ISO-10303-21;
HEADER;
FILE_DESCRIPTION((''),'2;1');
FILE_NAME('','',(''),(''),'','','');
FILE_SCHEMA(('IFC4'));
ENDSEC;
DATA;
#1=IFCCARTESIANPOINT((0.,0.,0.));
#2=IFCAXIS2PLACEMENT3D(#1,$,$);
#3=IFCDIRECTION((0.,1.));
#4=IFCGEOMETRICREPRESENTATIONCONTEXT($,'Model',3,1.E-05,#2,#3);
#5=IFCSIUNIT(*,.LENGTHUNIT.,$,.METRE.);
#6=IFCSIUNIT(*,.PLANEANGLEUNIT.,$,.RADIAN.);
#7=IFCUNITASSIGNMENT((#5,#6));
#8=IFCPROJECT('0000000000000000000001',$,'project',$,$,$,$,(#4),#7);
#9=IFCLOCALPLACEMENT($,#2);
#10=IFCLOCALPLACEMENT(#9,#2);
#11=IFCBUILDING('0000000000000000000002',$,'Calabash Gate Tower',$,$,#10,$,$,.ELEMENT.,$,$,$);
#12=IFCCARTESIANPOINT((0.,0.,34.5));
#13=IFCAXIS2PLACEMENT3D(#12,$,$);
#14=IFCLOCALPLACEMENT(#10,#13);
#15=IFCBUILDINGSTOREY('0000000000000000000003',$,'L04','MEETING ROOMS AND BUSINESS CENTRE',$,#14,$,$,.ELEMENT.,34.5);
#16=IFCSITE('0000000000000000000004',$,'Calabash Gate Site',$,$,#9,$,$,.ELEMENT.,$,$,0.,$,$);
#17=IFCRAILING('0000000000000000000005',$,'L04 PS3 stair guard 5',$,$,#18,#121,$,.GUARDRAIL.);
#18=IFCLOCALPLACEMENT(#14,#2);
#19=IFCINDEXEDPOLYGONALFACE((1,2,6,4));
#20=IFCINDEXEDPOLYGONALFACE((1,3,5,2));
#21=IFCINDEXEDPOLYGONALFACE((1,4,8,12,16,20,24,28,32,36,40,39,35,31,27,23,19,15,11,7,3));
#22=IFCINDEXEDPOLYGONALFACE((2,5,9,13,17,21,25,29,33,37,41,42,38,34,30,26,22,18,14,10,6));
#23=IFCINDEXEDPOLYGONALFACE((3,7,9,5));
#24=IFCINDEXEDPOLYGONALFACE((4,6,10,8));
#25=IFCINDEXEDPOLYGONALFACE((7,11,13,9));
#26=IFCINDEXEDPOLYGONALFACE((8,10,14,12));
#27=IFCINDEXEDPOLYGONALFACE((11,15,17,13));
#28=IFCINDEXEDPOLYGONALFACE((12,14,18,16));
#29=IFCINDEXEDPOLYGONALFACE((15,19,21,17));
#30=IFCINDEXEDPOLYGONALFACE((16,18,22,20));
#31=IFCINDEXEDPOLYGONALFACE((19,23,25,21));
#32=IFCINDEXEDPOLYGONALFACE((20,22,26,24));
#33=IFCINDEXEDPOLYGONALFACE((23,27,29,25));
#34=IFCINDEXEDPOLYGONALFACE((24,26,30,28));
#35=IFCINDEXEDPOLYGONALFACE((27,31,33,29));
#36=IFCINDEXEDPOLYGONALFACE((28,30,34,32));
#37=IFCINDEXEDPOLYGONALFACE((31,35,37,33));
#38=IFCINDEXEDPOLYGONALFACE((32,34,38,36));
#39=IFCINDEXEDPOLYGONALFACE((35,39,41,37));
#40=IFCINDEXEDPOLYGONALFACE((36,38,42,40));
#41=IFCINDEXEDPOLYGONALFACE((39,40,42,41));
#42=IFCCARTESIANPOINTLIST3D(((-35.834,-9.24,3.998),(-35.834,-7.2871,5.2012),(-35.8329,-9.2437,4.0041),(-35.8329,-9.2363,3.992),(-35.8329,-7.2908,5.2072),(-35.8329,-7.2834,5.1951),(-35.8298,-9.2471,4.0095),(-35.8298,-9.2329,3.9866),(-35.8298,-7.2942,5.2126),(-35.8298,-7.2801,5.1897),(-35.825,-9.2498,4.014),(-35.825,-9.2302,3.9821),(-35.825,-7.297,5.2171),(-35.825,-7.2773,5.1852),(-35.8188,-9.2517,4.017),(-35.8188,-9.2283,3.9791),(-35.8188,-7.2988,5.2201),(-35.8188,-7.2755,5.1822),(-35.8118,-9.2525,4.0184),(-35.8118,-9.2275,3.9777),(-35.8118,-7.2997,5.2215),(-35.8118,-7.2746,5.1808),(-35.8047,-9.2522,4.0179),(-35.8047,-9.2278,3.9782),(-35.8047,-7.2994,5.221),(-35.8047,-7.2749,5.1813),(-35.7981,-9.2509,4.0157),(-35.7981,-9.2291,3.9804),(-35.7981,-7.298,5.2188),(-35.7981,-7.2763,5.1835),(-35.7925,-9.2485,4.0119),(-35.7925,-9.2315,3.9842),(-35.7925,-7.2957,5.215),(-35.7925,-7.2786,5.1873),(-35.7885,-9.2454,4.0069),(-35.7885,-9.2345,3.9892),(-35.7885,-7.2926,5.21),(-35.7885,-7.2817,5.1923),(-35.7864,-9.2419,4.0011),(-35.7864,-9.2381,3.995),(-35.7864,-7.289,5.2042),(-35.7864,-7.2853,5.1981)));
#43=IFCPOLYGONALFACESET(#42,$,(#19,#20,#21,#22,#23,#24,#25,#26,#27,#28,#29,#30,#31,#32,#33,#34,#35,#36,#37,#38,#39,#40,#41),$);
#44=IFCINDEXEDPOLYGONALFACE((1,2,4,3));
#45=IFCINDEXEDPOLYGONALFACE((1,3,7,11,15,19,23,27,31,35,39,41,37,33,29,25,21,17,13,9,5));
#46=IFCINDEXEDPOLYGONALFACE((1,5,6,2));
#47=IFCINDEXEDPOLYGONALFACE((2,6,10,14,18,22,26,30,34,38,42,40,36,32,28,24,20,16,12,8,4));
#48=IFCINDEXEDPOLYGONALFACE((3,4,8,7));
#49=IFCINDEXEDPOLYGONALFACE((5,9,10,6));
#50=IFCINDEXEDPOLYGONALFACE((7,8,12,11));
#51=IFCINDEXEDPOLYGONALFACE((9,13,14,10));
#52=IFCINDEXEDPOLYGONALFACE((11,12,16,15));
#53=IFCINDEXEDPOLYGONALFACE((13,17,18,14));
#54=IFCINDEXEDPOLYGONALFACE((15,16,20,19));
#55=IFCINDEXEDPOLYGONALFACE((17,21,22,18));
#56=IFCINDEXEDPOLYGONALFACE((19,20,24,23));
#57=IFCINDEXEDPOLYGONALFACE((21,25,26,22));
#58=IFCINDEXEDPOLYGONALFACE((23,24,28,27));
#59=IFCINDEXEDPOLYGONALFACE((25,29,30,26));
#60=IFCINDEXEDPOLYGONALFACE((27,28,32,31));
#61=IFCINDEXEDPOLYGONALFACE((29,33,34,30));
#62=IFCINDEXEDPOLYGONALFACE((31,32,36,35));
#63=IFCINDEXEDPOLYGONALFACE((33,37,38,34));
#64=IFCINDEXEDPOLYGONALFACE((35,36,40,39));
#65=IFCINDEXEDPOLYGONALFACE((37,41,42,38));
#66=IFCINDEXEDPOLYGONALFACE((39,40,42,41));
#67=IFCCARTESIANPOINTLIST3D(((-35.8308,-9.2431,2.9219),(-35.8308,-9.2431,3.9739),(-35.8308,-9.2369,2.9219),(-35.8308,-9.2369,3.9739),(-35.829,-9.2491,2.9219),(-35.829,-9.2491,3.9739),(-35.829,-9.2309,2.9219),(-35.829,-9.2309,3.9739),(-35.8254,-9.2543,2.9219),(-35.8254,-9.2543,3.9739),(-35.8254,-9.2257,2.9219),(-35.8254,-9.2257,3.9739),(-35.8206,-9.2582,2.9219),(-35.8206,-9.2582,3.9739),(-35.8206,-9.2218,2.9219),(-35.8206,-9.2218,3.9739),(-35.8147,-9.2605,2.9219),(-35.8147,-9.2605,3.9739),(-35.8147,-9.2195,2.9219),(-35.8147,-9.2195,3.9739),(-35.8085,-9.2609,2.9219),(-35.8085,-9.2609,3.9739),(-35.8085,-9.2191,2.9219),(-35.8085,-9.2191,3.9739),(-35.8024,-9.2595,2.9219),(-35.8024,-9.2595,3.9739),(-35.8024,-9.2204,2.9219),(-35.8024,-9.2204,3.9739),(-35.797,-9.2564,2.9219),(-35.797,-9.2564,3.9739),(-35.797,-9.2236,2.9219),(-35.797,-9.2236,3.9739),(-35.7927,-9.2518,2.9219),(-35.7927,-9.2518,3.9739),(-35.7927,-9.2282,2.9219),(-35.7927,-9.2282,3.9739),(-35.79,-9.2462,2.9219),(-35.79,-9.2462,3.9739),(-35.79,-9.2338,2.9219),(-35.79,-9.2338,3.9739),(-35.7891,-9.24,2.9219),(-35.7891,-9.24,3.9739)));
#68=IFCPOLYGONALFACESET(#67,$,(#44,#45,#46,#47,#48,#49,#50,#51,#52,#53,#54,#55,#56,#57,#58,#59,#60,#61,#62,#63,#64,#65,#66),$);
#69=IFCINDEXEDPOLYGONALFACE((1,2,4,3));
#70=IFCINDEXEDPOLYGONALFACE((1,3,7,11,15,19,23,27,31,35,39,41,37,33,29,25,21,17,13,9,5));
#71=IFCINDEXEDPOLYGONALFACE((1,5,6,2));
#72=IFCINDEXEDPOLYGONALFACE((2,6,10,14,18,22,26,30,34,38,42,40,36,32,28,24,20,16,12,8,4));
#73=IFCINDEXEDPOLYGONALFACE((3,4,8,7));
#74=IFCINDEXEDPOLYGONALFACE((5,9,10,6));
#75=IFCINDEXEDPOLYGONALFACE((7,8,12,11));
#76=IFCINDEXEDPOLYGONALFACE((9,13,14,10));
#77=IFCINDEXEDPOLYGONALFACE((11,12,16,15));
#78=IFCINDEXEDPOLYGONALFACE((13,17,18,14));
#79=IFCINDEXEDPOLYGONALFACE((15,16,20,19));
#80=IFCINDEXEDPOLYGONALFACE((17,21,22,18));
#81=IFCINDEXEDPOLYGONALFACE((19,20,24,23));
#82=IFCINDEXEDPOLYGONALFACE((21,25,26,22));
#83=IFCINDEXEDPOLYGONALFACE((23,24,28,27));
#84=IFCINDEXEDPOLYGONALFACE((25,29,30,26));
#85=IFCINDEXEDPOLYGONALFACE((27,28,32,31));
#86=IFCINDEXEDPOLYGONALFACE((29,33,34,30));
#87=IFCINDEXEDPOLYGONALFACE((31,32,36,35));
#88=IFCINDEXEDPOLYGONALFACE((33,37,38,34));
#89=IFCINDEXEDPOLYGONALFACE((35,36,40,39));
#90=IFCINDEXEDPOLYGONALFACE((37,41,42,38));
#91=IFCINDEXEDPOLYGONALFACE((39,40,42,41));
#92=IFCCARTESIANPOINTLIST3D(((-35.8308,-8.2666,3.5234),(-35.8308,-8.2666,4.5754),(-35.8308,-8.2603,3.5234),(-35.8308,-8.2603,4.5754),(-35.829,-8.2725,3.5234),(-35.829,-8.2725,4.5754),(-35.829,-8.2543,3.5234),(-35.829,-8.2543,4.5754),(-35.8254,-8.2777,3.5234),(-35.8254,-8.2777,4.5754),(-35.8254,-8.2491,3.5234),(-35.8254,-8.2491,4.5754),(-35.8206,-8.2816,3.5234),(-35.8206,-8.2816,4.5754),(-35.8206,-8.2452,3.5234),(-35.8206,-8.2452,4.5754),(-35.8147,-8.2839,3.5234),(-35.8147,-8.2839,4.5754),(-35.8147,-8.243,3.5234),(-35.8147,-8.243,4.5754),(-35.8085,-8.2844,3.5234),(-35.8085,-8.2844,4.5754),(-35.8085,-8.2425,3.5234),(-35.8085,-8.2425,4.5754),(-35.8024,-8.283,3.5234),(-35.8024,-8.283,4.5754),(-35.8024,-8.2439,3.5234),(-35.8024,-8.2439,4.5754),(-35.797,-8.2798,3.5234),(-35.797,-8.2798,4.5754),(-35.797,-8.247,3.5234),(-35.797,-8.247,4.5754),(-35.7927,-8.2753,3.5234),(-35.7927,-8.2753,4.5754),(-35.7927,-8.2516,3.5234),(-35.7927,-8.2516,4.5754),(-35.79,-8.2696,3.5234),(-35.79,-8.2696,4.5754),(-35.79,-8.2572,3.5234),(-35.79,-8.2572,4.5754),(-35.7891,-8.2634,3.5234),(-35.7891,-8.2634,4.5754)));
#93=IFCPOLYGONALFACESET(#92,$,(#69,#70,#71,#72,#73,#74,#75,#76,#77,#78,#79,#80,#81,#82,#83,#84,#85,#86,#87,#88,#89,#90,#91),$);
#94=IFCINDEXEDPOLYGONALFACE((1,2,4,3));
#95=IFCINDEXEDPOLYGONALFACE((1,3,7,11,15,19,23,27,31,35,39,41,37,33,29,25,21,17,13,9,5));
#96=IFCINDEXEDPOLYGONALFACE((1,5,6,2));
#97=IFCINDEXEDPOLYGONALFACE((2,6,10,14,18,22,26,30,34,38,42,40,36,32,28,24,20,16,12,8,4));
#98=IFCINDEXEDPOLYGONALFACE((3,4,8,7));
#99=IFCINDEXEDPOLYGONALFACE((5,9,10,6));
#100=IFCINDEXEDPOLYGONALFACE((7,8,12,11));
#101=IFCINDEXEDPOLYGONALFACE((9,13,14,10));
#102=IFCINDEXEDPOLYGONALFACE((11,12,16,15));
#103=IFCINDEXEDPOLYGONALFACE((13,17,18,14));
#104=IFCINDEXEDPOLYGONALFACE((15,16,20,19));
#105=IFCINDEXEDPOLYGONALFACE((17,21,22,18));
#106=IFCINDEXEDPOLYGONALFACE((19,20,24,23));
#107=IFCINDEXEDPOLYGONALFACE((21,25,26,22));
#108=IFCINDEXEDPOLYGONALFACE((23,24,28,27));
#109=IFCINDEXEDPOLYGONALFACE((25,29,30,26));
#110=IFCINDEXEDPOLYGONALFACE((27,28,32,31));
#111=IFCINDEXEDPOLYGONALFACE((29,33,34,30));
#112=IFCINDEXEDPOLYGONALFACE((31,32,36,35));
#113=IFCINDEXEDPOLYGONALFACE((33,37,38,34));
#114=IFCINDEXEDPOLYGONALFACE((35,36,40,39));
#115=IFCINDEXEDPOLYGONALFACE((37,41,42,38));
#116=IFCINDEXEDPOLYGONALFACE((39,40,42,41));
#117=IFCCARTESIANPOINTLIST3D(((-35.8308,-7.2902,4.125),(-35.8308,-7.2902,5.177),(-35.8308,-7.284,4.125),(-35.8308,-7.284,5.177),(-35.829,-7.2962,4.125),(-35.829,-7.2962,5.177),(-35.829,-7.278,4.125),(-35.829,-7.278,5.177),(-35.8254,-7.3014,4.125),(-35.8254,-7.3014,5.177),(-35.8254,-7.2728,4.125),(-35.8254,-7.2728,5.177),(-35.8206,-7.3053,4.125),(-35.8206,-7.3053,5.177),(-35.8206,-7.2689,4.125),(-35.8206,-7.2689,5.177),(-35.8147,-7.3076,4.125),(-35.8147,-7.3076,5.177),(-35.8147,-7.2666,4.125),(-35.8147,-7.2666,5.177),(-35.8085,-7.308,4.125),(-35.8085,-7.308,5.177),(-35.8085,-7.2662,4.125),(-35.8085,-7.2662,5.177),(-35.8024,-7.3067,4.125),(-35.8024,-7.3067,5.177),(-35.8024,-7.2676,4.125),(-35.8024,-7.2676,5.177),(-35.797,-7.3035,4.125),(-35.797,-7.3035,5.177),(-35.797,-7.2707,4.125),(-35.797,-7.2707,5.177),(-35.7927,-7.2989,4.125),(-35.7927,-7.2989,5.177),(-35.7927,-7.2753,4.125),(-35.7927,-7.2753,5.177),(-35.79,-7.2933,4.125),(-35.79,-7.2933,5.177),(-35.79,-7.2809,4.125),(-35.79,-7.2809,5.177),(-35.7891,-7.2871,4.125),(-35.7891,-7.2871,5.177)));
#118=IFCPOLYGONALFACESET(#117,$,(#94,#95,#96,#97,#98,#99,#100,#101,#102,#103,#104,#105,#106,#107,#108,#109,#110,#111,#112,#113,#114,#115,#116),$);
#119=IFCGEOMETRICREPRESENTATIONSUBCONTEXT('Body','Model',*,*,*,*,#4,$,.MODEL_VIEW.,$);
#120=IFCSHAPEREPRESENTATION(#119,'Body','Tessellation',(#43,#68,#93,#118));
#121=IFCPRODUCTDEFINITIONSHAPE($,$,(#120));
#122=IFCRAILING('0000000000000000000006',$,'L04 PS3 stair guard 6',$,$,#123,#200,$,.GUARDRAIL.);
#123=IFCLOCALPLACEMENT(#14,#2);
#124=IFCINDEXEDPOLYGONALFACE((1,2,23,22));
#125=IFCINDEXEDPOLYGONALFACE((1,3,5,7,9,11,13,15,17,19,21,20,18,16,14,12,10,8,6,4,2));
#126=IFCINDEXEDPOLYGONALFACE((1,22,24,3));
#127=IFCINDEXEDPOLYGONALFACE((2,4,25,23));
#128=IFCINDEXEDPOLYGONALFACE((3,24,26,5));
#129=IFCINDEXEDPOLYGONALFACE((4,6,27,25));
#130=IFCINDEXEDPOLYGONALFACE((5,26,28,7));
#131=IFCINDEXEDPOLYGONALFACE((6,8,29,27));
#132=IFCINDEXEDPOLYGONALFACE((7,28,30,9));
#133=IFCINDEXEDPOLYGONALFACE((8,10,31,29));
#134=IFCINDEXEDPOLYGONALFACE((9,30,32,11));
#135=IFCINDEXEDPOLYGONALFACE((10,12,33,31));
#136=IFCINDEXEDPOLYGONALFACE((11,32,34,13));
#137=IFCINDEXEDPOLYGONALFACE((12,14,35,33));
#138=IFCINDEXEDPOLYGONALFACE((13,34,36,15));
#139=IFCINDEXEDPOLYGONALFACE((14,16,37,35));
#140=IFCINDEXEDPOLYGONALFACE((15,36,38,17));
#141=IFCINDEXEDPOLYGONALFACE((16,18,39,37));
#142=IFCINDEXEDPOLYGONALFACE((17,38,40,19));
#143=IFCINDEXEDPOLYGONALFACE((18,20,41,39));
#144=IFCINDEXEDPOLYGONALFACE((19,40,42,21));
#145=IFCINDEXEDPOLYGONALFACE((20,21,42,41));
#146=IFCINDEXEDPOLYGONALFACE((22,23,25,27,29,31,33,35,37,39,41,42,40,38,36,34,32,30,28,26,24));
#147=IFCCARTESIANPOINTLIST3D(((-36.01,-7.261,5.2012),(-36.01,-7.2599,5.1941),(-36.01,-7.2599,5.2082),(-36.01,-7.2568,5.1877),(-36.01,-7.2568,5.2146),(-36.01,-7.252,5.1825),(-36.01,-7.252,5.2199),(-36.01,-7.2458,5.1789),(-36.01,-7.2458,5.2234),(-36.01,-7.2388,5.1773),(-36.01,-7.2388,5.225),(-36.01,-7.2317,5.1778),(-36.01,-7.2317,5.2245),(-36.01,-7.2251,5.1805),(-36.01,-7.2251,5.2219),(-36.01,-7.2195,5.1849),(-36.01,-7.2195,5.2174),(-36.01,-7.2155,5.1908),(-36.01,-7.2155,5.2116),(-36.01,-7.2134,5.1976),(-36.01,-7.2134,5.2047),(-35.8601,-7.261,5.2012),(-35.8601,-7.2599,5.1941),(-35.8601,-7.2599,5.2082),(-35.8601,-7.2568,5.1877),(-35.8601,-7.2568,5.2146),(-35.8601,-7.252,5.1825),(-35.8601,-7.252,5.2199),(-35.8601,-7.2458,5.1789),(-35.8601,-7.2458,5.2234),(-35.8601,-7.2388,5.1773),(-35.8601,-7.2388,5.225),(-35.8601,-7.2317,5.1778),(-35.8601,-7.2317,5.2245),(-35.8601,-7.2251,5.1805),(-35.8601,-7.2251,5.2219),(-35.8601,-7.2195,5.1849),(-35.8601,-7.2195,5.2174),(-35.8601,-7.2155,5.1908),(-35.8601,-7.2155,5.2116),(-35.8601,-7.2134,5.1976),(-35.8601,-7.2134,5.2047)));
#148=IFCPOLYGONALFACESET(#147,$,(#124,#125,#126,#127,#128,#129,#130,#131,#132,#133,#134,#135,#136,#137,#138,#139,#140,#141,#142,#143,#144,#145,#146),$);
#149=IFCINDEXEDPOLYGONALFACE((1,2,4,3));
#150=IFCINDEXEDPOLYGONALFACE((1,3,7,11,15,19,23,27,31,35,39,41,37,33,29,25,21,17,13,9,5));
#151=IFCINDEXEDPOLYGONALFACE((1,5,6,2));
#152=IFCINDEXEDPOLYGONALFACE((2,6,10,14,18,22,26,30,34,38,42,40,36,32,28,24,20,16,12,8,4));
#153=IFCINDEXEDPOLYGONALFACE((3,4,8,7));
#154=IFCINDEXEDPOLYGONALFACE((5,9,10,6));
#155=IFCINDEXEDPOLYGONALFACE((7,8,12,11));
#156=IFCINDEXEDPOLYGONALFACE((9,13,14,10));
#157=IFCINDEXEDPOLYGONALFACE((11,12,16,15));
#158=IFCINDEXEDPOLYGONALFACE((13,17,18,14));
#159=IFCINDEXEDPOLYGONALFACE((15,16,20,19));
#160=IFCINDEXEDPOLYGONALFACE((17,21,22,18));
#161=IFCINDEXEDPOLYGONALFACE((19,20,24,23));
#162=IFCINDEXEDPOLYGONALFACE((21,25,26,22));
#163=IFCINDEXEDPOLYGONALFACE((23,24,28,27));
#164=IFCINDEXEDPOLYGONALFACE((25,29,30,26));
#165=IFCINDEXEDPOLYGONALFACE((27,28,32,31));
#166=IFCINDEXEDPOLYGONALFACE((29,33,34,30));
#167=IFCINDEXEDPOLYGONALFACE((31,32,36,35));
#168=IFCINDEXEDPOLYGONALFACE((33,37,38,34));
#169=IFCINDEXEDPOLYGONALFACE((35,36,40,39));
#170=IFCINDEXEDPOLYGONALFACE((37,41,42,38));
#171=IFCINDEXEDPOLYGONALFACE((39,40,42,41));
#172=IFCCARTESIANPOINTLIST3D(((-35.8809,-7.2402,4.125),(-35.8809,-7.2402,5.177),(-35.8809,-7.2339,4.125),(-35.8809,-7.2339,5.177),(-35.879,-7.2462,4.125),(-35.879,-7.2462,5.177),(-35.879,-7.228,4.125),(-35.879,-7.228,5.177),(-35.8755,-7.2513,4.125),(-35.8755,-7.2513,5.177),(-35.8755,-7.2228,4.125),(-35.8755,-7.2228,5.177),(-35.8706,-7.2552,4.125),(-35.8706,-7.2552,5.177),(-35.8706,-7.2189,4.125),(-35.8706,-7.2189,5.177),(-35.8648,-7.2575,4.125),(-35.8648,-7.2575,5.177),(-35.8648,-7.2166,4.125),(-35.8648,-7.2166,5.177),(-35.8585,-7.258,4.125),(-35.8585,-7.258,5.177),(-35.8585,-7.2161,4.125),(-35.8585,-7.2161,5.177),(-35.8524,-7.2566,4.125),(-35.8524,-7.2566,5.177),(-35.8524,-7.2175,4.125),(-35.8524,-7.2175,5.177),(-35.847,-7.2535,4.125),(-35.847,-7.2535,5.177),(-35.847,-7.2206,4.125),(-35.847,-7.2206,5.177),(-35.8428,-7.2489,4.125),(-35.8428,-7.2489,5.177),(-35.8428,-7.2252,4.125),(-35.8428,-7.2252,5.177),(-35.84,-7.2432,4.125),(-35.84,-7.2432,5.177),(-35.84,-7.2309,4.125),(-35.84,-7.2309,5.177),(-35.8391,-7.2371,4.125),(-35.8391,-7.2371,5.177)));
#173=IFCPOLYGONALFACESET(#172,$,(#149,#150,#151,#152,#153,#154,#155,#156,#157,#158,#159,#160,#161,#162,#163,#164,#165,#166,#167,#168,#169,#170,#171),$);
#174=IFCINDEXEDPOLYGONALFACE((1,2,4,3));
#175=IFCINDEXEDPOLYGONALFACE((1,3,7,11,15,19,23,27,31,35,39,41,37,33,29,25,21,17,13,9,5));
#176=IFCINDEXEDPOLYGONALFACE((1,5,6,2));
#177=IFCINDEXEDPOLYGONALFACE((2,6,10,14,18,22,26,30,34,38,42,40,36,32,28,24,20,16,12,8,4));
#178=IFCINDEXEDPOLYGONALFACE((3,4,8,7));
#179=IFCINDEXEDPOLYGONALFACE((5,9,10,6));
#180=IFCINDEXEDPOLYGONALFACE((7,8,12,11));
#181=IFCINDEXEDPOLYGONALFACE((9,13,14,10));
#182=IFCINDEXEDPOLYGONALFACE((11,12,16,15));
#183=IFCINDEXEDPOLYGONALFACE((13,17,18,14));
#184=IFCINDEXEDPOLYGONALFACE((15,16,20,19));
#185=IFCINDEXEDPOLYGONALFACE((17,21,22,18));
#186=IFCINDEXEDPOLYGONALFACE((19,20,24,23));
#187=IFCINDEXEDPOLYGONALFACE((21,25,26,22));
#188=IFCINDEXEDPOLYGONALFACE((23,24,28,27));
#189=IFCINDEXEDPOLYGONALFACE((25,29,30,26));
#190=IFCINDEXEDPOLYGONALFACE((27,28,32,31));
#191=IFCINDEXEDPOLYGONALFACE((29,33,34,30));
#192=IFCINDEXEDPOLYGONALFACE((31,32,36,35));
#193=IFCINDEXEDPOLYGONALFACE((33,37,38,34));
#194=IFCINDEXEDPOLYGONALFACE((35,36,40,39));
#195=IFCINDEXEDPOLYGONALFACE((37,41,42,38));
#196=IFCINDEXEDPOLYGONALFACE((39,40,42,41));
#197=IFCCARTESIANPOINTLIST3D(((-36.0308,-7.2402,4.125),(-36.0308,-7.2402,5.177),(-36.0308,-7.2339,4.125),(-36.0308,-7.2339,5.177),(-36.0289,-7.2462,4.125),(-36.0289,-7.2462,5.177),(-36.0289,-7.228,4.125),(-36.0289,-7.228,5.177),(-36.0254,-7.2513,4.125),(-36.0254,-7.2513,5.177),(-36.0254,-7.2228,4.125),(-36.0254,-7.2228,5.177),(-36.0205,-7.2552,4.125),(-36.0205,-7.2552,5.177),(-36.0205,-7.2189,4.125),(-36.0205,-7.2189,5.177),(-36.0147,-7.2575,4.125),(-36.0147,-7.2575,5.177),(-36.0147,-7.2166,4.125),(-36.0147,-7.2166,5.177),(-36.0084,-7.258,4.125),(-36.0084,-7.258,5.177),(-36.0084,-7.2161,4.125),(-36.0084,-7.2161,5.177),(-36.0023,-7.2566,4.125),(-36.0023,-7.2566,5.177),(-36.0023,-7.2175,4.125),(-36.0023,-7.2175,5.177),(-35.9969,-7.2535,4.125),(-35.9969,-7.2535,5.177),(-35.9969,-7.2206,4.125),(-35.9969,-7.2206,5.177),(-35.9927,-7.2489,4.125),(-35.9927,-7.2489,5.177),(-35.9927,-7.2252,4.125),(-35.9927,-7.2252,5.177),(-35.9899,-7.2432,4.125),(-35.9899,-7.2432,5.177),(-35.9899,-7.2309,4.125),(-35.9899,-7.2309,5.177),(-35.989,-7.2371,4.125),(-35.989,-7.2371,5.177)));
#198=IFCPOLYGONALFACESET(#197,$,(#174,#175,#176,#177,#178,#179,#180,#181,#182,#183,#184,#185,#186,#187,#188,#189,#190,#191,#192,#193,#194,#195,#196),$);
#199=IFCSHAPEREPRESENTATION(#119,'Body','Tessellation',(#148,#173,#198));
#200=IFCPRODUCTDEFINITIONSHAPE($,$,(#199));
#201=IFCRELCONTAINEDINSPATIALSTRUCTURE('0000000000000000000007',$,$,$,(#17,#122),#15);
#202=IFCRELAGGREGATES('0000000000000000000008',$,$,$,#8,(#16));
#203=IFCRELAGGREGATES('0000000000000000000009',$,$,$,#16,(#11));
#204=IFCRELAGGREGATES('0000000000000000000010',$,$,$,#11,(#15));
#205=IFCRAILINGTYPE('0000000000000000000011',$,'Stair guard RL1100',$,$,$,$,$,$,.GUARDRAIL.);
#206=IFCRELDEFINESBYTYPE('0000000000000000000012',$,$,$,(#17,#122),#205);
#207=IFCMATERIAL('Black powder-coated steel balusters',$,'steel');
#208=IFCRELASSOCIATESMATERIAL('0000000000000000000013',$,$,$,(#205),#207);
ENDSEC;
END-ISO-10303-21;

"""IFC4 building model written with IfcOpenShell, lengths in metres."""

from ifc_helpers import new_model, si_unit, direction, frame, origin, origin_2d, place, context, subcontext, project, spatial, circle, extrude, material, type_object, element, save


model = new_model("IFC4")

# Units and contexts
model_context = context("Model", 3, precision=1e-05, world=origin(), true_north=direction((0.0, 1.0)))
body_context = subcontext(model_context, "Body", "Model", "MODEL_VIEW")
ifc_project = project(units=[si_unit("LENGTHUNIT", "METRE"), si_unit("PLANEANGLEUNIT", "RADIAN")], contexts=[model_context])

# Site, building, storey
site_placement = place(None, origin())
site = spatial("IfcSite", under=ifc_project, at=site_placement, Name="Calabash Gate Site", CompositionType="ELEMENT", RefElevation=0.0)
building_placement = place(site_placement, origin())
building = spatial("IfcBuilding", under=site, at=building_placement, Name="Calabash Gate Tower", CompositionType="ELEMENT")
storey_placement = place(building_placement, frame((0.0, 0.0, 34.5)))
storey = spatial("IfcBuildingStorey", under=building, at=storey_placement, Name="L04", Description="MEETING ROOMS AND BUSINESS CENTRE", CompositionType="ELEMENT", Elevation=34.5)

# Railings
ifc_material_1 = material(Name="Black powder-coated steel balusters", Category="steel")
railing_type_1 = type_object("IfcRailingType", Name="Stair guard RL1100", PredefinedType="GUARDRAIL", material=ifc_material_1)
railing_1_placement = place(storey_placement, frame((-35.8101, -9.24, 2.9219)))
element("IfcRailing", 1, at=railing_1_placement, inside=storey, type_object=railing_type_1, Name="L04 PS3 stair guard 5", PredefinedType="GUARDRAIL", context=body_context, shape_type="SweptSolid", body=[
    extrude(circle(Radius=0.0239, at=origin_2d()), frame((0.0, 0.0, 1.0762), z_axis=(0.0, 0.851395, 0.524525), x_axis=(-1.0, 0.0, 0.0)), (0.0, 0.0, 1.0), 2.2937),
    extrude(circle(Radius=0.021, at=origin_2d()), origin(), (0.0, 0.0, 1.0), 1.052),
    extrude(circle(Radius=0.021, at=origin_2d()), frame((0.0, 0.9766, 0.6016)), (0.0, 0.0, 1.0), 1.052),
    extrude(circle(Radius=0.021, at=origin_2d()), frame((0.0, 1.9529, 1.2031)), (0.0, 0.0, 1.0), 1.052),
])
railing_2_placement = place(storey_placement, frame((-35.8601, -7.2371, 4.125)))
element("IfcRailing", 2, at=railing_2_placement, inside=storey, type_object=railing_type_1, Name="L04 PS3 stair guard 6", PredefinedType="GUARDRAIL", context=body_context, shape_type="SweptSolid", body=[
    extrude(circle(Radius=0.0239, at=origin_2d()), frame((0.0, 0.0, 1.0762), z_axis=(-1.0, 0.0, 0.0), x_axis=(0.0, -1.0, 0.0)), (0.0, 0.0, 1.0), 0.1499),
    extrude(circle(Radius=0.021, at=origin_2d()), origin(), (0.0, 0.0, 1.0), 1.052),
    extrude(circle(Radius=0.021, at=origin_2d()), frame((-0.1499, 0.0, 0.0)), (0.0, 0.0, 1.0), 1.052),
])

save(model, "model.ifc")
